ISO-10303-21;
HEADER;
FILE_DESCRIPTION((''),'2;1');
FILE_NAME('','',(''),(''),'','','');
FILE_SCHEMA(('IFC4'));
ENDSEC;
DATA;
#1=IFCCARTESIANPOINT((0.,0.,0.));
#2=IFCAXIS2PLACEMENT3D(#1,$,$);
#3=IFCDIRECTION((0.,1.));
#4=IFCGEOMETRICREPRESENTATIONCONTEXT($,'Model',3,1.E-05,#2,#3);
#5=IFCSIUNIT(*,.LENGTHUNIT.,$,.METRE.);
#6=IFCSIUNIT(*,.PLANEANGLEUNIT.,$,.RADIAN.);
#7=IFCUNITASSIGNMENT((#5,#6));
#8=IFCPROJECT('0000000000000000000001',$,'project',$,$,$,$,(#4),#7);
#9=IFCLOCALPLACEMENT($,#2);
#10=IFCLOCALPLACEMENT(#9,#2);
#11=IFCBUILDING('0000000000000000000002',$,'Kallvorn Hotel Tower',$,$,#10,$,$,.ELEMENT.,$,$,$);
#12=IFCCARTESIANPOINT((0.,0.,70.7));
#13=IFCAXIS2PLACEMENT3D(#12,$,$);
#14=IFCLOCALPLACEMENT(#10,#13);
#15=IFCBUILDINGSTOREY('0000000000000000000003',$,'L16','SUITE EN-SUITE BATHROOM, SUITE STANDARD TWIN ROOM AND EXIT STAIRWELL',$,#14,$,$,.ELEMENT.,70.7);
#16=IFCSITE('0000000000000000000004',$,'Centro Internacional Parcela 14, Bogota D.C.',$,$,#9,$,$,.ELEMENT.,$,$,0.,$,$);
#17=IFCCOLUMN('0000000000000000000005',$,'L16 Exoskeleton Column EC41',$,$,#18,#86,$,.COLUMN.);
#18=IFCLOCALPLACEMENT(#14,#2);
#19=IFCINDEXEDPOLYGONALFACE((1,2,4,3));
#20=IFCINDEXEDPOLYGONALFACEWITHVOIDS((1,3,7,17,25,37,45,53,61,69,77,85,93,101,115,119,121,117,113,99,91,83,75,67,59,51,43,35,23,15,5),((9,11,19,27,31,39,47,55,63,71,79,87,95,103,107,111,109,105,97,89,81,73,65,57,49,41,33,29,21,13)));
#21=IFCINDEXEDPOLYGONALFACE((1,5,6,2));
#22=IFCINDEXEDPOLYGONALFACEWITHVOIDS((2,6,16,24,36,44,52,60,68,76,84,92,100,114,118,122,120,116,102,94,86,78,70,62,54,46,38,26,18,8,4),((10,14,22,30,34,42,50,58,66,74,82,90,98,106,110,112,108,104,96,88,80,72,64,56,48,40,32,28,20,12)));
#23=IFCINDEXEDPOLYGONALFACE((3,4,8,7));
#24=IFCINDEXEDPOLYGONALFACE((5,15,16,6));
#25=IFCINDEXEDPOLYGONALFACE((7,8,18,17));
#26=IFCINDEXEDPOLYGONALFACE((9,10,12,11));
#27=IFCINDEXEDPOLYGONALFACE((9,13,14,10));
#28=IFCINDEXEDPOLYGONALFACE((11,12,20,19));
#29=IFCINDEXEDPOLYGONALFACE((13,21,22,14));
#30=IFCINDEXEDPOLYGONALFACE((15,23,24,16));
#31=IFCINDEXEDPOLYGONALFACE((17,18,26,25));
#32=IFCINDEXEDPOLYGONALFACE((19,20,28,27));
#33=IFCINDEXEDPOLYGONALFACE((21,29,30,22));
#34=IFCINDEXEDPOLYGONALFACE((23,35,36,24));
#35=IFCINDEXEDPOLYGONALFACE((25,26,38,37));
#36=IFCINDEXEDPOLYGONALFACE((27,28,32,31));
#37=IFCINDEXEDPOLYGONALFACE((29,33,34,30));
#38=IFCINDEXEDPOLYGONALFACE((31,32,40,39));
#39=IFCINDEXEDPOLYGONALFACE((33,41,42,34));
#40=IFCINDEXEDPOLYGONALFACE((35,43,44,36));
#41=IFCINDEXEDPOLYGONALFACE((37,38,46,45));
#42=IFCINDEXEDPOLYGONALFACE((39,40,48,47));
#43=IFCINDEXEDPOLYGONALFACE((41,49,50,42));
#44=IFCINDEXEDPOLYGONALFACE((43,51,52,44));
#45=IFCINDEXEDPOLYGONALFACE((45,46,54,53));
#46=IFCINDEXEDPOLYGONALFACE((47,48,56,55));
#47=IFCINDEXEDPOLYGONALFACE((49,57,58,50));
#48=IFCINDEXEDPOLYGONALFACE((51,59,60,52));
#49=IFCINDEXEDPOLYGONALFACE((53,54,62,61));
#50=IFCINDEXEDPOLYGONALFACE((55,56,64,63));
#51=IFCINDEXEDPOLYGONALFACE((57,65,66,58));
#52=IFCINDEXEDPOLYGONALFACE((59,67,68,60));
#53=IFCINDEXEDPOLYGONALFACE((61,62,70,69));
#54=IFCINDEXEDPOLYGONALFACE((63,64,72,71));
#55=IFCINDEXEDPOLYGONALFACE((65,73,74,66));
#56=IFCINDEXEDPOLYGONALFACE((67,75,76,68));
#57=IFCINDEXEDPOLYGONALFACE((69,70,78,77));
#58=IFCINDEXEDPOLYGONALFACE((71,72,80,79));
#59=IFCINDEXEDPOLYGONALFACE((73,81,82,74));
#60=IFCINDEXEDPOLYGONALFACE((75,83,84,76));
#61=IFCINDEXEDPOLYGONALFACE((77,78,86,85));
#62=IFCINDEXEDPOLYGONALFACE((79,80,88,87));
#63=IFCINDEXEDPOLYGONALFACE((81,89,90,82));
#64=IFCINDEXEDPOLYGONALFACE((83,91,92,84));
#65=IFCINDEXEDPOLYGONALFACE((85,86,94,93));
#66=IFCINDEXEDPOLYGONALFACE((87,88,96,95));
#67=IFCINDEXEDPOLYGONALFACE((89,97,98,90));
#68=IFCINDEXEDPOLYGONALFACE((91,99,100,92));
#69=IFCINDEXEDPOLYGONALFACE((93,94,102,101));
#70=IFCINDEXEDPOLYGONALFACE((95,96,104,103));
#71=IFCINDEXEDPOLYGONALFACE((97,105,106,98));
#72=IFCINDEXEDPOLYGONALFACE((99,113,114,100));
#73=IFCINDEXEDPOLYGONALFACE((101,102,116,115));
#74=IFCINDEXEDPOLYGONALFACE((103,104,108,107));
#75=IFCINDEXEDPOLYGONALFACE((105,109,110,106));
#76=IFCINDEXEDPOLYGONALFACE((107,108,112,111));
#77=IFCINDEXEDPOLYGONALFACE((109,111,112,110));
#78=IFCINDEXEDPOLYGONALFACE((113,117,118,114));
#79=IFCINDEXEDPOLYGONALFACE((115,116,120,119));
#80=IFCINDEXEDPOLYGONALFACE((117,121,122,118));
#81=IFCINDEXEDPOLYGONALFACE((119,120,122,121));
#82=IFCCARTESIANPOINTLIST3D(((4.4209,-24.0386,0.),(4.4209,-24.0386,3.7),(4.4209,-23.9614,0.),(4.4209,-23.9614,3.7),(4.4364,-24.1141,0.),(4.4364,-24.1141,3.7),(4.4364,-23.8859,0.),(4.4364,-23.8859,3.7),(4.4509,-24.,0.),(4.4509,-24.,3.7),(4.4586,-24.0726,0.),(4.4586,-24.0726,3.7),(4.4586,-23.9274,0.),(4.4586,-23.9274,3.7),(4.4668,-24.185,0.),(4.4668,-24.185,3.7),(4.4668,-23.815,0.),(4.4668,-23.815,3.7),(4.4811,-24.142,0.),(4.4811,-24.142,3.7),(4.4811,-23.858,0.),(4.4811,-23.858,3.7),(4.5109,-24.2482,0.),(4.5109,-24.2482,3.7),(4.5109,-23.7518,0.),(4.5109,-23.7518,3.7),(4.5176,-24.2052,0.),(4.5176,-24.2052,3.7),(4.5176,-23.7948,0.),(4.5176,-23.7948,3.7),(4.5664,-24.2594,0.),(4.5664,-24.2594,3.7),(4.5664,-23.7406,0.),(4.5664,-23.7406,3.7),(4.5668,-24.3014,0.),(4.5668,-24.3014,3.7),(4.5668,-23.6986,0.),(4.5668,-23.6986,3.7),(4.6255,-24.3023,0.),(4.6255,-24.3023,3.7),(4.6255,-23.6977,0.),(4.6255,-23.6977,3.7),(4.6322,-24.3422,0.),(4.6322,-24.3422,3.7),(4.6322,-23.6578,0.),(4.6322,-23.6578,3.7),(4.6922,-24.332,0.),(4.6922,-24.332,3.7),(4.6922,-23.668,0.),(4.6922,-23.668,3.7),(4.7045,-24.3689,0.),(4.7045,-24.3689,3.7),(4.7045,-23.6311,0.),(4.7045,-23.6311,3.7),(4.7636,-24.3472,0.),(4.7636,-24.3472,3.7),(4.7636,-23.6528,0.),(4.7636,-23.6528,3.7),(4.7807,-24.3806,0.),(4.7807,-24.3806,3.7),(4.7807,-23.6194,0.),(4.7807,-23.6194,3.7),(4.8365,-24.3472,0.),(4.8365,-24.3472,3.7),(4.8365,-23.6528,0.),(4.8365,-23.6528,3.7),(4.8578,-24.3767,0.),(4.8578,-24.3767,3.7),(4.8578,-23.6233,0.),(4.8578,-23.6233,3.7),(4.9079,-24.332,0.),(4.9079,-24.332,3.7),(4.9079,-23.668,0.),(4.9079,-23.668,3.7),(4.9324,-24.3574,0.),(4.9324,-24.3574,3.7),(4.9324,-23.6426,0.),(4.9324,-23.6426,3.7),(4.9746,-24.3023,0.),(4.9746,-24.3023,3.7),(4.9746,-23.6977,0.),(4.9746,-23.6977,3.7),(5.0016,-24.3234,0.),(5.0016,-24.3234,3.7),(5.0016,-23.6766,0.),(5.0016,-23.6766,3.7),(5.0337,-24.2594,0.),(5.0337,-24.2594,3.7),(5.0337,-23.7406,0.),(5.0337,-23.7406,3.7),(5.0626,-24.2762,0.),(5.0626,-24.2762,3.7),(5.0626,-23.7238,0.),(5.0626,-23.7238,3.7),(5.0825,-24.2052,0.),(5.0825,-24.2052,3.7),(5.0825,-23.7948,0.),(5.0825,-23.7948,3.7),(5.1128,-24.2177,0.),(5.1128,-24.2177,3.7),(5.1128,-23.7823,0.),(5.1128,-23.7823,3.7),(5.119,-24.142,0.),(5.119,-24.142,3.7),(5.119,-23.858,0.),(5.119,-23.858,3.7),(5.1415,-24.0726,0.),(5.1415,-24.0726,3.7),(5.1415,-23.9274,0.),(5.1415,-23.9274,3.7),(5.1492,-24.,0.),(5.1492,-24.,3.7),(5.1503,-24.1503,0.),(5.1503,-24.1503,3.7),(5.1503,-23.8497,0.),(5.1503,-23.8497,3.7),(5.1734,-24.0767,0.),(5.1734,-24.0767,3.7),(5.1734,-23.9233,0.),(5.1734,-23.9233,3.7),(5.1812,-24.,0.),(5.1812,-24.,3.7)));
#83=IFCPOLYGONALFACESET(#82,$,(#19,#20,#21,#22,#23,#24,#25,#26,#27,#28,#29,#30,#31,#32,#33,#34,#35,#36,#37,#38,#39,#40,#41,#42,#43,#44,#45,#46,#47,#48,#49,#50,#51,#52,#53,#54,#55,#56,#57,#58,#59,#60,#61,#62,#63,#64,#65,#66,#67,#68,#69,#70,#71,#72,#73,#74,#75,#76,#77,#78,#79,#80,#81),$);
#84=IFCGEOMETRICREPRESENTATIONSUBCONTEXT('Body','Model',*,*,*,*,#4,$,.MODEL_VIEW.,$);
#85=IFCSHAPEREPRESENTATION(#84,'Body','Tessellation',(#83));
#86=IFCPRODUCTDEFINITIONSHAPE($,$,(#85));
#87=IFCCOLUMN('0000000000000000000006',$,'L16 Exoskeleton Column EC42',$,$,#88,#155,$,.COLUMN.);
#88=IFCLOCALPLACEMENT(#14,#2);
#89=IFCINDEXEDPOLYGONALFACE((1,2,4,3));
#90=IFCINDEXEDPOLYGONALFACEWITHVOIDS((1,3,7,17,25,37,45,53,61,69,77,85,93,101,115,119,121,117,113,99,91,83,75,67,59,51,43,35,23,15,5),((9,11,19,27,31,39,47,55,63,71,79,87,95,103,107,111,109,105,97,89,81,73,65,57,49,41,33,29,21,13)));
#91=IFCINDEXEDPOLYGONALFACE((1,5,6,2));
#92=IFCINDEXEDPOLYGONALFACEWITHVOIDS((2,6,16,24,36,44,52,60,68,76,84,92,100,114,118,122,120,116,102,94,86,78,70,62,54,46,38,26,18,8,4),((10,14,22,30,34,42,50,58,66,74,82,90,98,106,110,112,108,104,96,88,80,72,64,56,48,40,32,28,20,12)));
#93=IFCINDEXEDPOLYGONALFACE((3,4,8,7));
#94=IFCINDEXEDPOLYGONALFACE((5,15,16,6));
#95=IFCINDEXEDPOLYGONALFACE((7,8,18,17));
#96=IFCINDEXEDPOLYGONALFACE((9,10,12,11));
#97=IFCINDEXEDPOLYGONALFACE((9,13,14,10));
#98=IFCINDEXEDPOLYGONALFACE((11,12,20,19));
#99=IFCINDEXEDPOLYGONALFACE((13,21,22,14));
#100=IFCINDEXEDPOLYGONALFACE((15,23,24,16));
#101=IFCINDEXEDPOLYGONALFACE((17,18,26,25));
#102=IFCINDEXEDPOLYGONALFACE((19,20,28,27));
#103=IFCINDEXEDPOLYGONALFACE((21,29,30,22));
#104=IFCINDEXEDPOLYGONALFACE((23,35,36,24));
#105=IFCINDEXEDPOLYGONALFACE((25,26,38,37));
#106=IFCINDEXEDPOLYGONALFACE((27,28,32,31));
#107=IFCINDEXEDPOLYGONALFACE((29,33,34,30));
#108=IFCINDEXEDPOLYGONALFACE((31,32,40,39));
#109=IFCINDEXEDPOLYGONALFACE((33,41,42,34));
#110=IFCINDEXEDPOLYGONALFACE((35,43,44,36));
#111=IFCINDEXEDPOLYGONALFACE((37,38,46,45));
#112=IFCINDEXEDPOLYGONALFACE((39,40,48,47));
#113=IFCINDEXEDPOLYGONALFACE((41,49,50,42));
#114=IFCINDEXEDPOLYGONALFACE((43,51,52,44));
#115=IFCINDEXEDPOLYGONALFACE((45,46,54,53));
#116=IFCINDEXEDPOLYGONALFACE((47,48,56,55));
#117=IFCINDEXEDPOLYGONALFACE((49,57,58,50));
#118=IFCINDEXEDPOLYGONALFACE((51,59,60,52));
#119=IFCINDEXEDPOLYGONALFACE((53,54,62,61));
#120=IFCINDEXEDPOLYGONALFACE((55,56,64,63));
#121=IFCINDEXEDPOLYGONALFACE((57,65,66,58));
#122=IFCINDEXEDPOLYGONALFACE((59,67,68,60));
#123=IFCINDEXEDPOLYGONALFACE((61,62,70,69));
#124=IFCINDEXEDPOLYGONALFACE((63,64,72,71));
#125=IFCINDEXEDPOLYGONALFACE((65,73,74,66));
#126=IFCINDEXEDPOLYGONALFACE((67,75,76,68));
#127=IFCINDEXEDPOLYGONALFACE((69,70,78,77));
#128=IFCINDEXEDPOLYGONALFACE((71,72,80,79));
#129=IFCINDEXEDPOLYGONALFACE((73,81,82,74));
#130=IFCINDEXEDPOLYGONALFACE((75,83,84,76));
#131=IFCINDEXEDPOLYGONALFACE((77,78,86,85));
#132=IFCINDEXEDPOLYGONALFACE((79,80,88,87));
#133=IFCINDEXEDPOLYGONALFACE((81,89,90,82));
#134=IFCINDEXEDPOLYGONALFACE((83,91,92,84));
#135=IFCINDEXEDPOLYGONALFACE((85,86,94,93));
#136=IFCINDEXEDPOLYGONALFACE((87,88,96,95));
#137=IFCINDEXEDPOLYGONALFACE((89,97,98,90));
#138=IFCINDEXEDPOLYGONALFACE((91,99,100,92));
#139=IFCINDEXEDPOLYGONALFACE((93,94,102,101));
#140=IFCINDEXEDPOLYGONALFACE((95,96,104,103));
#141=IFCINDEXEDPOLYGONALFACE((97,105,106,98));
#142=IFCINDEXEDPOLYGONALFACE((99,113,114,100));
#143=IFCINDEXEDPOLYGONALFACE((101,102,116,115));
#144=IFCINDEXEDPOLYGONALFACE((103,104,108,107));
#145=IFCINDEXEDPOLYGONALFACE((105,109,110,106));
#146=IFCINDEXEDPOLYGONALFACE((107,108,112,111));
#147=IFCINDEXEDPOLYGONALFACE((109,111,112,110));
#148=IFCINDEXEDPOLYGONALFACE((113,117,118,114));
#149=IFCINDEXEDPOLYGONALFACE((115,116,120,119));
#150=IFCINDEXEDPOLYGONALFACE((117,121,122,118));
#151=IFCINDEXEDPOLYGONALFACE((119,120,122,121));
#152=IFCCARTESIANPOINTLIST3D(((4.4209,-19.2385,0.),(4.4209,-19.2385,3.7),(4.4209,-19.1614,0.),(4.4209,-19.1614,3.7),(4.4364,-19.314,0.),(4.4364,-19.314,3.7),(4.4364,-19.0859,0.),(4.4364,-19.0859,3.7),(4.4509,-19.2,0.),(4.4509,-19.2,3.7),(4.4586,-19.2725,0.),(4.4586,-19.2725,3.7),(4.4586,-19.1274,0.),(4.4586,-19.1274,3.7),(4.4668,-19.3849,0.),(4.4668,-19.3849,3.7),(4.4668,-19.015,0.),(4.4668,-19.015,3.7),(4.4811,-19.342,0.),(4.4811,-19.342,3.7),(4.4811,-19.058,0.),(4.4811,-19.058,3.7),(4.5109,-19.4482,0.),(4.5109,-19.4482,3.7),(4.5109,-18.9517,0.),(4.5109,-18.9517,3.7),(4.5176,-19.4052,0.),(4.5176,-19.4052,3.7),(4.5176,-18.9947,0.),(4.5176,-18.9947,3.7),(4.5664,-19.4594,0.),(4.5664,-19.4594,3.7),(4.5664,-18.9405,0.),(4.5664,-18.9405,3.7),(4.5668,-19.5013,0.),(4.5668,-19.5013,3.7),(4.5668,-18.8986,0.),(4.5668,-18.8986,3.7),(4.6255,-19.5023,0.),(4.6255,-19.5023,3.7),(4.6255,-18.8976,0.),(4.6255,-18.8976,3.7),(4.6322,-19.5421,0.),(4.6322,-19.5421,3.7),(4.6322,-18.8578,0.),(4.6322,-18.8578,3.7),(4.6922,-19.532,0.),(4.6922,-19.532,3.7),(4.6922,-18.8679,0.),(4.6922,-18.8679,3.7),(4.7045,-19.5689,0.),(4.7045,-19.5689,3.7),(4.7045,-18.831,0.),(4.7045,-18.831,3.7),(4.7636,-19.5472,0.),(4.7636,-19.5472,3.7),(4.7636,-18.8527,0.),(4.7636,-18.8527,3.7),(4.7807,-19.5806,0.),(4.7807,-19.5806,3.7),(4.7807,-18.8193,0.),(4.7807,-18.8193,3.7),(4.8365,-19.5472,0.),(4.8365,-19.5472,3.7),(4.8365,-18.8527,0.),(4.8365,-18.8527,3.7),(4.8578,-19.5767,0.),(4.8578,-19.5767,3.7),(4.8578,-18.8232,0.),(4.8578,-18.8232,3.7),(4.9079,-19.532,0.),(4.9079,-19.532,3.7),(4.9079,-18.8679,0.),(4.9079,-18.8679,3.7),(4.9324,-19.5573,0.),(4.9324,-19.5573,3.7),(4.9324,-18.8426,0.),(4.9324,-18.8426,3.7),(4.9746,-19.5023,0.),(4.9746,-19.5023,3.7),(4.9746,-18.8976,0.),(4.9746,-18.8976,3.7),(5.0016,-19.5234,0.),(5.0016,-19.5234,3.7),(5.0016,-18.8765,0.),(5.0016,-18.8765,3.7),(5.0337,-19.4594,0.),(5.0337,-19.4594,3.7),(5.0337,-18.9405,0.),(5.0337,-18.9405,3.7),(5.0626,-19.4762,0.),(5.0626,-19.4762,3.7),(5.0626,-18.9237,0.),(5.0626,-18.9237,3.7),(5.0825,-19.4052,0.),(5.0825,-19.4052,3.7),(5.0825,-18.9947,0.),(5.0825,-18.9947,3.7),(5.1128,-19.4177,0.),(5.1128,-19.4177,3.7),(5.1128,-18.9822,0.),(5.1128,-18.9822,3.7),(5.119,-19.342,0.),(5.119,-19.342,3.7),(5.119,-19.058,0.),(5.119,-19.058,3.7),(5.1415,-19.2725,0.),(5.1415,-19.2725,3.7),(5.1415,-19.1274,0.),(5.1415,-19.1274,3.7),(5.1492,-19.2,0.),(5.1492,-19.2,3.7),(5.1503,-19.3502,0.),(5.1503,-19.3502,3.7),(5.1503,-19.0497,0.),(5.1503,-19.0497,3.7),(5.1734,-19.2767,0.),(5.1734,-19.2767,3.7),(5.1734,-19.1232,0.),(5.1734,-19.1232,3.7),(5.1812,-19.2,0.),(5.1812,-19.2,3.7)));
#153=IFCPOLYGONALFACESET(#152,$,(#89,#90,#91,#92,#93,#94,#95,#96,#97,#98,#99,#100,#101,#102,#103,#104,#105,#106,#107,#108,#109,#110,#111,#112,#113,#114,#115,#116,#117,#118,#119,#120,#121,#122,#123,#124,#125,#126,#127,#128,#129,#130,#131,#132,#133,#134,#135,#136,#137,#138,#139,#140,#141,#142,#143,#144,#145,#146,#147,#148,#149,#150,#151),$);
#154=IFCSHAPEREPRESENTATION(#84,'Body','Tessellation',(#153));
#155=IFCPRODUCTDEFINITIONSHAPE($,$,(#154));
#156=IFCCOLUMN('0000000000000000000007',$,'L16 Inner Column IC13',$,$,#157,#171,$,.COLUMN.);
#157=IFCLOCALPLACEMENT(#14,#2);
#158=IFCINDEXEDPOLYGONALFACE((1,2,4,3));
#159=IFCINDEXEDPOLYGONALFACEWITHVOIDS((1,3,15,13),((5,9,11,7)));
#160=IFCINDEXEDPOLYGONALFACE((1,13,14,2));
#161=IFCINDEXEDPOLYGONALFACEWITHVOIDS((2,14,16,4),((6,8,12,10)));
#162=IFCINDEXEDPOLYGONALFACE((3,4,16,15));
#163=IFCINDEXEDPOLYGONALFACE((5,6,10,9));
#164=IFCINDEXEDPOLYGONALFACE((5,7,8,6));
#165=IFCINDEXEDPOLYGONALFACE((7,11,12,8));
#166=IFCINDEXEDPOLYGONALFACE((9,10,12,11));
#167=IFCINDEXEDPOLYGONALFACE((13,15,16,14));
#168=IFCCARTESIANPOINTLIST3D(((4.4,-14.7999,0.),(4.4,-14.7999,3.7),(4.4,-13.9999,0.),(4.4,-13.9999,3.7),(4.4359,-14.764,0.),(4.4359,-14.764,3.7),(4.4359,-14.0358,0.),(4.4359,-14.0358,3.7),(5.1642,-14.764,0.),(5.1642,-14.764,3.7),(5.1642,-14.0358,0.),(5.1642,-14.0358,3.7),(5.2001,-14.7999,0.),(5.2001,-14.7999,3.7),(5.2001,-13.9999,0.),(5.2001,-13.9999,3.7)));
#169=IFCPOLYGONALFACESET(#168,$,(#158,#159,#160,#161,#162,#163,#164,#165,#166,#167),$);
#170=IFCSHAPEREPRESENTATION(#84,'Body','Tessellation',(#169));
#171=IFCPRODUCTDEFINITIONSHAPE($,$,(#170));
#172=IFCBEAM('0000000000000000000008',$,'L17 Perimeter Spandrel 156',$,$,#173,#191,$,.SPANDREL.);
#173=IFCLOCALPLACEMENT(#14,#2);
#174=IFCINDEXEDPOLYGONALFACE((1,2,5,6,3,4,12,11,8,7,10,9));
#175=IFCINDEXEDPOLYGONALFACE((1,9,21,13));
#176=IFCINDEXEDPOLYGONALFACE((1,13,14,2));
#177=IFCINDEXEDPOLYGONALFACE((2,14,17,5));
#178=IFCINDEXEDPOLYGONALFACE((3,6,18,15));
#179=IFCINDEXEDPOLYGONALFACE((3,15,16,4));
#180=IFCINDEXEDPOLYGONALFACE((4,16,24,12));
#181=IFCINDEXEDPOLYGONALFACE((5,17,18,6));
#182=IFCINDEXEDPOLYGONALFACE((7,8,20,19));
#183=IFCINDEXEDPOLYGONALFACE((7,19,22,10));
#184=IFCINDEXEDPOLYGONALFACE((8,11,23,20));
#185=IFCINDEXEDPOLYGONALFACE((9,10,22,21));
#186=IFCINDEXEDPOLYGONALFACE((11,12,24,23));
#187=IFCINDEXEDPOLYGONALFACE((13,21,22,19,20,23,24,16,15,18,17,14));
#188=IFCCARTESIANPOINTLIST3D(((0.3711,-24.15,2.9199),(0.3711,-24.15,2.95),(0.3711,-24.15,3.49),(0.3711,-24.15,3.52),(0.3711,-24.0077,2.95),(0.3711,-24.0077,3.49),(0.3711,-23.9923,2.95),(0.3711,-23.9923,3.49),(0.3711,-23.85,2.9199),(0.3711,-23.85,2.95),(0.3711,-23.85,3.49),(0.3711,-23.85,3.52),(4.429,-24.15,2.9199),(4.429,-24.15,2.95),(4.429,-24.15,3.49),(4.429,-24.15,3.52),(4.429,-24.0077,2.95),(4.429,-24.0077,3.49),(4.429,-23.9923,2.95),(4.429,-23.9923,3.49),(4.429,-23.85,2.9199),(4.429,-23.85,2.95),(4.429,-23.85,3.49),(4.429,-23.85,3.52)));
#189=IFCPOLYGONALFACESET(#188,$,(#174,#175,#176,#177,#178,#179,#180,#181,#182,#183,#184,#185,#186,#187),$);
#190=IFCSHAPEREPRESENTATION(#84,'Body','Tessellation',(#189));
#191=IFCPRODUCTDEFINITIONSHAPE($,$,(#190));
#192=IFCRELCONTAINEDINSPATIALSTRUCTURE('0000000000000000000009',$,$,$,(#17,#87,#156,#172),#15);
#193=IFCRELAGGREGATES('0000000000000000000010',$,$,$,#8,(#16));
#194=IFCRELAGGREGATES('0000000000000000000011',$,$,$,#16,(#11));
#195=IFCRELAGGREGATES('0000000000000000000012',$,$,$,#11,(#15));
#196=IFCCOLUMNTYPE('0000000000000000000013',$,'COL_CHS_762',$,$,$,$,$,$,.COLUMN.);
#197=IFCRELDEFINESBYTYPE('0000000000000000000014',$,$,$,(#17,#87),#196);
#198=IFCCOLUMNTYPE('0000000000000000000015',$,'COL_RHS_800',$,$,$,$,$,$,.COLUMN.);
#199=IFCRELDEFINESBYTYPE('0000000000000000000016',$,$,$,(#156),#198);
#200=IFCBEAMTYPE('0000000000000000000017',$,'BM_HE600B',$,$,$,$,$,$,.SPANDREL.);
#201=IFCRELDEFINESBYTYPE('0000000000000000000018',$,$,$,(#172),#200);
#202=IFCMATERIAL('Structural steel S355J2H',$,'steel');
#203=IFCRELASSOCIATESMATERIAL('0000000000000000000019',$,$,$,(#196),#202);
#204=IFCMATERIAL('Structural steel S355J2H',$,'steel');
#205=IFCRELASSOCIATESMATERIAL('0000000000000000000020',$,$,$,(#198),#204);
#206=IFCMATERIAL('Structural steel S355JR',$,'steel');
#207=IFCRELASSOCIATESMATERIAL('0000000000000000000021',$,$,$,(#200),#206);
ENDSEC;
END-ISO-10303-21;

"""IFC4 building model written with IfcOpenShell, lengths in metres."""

from ifc_helpers import new_model, si_unit, direction, frame, origin, origin_2d, place, context, subcontext, project, spatial, hollow_rectangle, hollow_circle, i_section, extrude, material, material_profile, profile_set, type_object, element, save


model = new_model("IFC4")

# Units and contexts
model_context = context("Model", 3, precision=1e-05, world=origin(), true_north=direction((0.0, 1.0)))
body_context = subcontext(model_context, "Body", "Model", "MODEL_VIEW")
ifc_project = project(units=[si_unit("LENGTHUNIT", "METRE"), si_unit("PLANEANGLEUNIT", "RADIAN")], contexts=[model_context])

# Site, building, storey
site_placement = place(None, origin())
site = spatial("IfcSite", under=ifc_project, at=site_placement, Name="Centro Internacional Parcela 14, Bogota D.C.", CompositionType="ELEMENT", RefElevation=0.0)
building_placement = place(site_placement, origin())
building = spatial("IfcBuilding", under=site, at=building_placement, Name="Kallvorn Hotel Tower", CompositionType="ELEMENT")
storey_placement = place(building_placement, frame((0.0, 0.0, 70.7)))
storey = spatial("IfcBuildingStorey", under=building, at=storey_placement, Name="L16", Description="SUITE EN-SUITE BATHROOM, SUITE STANDARD TWIN ROOM AND EXIT STAIRWELL", CompositionType="ELEMENT", Elevation=70.7)

# Columns
ifc_material_1 = material(Name="Structural steel S355J2H", Category="steel")
ifc_material_profile_1 = material_profile(ifc_material_1, hollow_circle(Radius=0.3811, WallThickness=0.032, at=origin_2d()), Name="CHS 762x32")
ifc_profile_set_1 = profile_set([ifc_material_profile_1], Name="Structural steel S355J2H")
column_type_1 = type_object("IfcColumnType", Name="COL_CHS_762", PredefinedType="COLUMN", material=ifc_profile_set_1)
for number, where, z_axis, x_axis, name in (
    (1, (4.8, -24.0, 0.0), (0.0, 0.0, 1.0), (1.0, 0.0, 0.0), "L16 Exoskeleton Column EC41"),
    (2, (4.8, -19.2, 0.0), (0.0, 0.0, 1.0), (1.0, 0.0, 0.0), "L16 Exoskeleton Column EC42"),
):
    element("IfcColumn", number, at=place(storey_placement, frame(where, z_axis=z_axis, x_axis=x_axis)), inside=storey, type_object=column_type_1, Name=name, PredefinedType="COLUMN", context=body_context, shape_type="SweptSolid", body=[
        extrude(hollow_circle(Radius=0.3811, WallThickness=0.032, at=origin_2d()), origin(), (0.0, 0.0, 1.0), 3.7),
    ])
ifc_material_2 = material(Name="Structural steel S355J2H", Category="steel")
ifc_material_profile_2 = material_profile(ifc_material_2, hollow_rectangle(XDim=0.8, YDim=0.8, WallThickness=0.0359, at=origin_2d()), Name="RHS 800x800x36")
ifc_profile_set_2 = profile_set([ifc_material_profile_2], Name="Structural steel S355J2H")
column_type_2 = type_object("IfcColumnType", Name="COL_RHS_800", PredefinedType="COLUMN", material=ifc_profile_set_2)
column_placement = place(storey_placement, frame((4.8, -14.3999, 0.0), z_axis=(0.0, 0.0, 1.0), x_axis=(1.0, 0.0, 0.0)))
element("IfcColumn", 3, at=column_placement, inside=storey, type_object=column_type_2, Name="L16 Inner Column IC13", PredefinedType="COLUMN", context=body_context, shape_type="SweptSolid", body=[
    extrude(hollow_rectangle(XDim=0.8, YDim=0.8, WallThickness=0.0359, at=origin_2d()), origin(), (0.0, 0.0, 1.0), 3.7),
])

# Beam
ifc_material_3 = material(Name="Structural steel S355JR", Category="steel")
ifc_material_profile_3 = material_profile(ifc_material_3, i_section(OverallWidth=0.3, OverallDepth=0.6001, WebThickness=0.0154, FlangeThickness=0.03, at=origin_2d()), Name="HE 600 B")
ifc_profile_set_3 = profile_set([ifc_material_profile_3], Name="Structural steel S355JR")
beam_type_1 = type_object("IfcBeamType", Name="BM_HE600B", PredefinedType="SPANDREL", material=ifc_profile_set_3)
beam_1_placement = place(storey_placement, frame((0.3711, -24.0, 3.22), z_axis=(1.0, 0.0, 0.0), x_axis=(0.0, 1.0, 0.0)))
element("IfcBeam", 4, at=beam_1_placement, inside=storey, type_object=beam_type_1, Name="L17 Perimeter Spandrel 156", PredefinedType="SPANDREL", context=body_context, shape_type="SweptSolid", body=[
    extrude(i_section(OverallWidth=0.3, OverallDepth=0.6001, WebThickness=0.0154, FlangeThickness=0.03, at=origin_2d()), origin(), (0.0, 0.0, 1.0), 4.0579),
])

save(model, "model.ifc")
